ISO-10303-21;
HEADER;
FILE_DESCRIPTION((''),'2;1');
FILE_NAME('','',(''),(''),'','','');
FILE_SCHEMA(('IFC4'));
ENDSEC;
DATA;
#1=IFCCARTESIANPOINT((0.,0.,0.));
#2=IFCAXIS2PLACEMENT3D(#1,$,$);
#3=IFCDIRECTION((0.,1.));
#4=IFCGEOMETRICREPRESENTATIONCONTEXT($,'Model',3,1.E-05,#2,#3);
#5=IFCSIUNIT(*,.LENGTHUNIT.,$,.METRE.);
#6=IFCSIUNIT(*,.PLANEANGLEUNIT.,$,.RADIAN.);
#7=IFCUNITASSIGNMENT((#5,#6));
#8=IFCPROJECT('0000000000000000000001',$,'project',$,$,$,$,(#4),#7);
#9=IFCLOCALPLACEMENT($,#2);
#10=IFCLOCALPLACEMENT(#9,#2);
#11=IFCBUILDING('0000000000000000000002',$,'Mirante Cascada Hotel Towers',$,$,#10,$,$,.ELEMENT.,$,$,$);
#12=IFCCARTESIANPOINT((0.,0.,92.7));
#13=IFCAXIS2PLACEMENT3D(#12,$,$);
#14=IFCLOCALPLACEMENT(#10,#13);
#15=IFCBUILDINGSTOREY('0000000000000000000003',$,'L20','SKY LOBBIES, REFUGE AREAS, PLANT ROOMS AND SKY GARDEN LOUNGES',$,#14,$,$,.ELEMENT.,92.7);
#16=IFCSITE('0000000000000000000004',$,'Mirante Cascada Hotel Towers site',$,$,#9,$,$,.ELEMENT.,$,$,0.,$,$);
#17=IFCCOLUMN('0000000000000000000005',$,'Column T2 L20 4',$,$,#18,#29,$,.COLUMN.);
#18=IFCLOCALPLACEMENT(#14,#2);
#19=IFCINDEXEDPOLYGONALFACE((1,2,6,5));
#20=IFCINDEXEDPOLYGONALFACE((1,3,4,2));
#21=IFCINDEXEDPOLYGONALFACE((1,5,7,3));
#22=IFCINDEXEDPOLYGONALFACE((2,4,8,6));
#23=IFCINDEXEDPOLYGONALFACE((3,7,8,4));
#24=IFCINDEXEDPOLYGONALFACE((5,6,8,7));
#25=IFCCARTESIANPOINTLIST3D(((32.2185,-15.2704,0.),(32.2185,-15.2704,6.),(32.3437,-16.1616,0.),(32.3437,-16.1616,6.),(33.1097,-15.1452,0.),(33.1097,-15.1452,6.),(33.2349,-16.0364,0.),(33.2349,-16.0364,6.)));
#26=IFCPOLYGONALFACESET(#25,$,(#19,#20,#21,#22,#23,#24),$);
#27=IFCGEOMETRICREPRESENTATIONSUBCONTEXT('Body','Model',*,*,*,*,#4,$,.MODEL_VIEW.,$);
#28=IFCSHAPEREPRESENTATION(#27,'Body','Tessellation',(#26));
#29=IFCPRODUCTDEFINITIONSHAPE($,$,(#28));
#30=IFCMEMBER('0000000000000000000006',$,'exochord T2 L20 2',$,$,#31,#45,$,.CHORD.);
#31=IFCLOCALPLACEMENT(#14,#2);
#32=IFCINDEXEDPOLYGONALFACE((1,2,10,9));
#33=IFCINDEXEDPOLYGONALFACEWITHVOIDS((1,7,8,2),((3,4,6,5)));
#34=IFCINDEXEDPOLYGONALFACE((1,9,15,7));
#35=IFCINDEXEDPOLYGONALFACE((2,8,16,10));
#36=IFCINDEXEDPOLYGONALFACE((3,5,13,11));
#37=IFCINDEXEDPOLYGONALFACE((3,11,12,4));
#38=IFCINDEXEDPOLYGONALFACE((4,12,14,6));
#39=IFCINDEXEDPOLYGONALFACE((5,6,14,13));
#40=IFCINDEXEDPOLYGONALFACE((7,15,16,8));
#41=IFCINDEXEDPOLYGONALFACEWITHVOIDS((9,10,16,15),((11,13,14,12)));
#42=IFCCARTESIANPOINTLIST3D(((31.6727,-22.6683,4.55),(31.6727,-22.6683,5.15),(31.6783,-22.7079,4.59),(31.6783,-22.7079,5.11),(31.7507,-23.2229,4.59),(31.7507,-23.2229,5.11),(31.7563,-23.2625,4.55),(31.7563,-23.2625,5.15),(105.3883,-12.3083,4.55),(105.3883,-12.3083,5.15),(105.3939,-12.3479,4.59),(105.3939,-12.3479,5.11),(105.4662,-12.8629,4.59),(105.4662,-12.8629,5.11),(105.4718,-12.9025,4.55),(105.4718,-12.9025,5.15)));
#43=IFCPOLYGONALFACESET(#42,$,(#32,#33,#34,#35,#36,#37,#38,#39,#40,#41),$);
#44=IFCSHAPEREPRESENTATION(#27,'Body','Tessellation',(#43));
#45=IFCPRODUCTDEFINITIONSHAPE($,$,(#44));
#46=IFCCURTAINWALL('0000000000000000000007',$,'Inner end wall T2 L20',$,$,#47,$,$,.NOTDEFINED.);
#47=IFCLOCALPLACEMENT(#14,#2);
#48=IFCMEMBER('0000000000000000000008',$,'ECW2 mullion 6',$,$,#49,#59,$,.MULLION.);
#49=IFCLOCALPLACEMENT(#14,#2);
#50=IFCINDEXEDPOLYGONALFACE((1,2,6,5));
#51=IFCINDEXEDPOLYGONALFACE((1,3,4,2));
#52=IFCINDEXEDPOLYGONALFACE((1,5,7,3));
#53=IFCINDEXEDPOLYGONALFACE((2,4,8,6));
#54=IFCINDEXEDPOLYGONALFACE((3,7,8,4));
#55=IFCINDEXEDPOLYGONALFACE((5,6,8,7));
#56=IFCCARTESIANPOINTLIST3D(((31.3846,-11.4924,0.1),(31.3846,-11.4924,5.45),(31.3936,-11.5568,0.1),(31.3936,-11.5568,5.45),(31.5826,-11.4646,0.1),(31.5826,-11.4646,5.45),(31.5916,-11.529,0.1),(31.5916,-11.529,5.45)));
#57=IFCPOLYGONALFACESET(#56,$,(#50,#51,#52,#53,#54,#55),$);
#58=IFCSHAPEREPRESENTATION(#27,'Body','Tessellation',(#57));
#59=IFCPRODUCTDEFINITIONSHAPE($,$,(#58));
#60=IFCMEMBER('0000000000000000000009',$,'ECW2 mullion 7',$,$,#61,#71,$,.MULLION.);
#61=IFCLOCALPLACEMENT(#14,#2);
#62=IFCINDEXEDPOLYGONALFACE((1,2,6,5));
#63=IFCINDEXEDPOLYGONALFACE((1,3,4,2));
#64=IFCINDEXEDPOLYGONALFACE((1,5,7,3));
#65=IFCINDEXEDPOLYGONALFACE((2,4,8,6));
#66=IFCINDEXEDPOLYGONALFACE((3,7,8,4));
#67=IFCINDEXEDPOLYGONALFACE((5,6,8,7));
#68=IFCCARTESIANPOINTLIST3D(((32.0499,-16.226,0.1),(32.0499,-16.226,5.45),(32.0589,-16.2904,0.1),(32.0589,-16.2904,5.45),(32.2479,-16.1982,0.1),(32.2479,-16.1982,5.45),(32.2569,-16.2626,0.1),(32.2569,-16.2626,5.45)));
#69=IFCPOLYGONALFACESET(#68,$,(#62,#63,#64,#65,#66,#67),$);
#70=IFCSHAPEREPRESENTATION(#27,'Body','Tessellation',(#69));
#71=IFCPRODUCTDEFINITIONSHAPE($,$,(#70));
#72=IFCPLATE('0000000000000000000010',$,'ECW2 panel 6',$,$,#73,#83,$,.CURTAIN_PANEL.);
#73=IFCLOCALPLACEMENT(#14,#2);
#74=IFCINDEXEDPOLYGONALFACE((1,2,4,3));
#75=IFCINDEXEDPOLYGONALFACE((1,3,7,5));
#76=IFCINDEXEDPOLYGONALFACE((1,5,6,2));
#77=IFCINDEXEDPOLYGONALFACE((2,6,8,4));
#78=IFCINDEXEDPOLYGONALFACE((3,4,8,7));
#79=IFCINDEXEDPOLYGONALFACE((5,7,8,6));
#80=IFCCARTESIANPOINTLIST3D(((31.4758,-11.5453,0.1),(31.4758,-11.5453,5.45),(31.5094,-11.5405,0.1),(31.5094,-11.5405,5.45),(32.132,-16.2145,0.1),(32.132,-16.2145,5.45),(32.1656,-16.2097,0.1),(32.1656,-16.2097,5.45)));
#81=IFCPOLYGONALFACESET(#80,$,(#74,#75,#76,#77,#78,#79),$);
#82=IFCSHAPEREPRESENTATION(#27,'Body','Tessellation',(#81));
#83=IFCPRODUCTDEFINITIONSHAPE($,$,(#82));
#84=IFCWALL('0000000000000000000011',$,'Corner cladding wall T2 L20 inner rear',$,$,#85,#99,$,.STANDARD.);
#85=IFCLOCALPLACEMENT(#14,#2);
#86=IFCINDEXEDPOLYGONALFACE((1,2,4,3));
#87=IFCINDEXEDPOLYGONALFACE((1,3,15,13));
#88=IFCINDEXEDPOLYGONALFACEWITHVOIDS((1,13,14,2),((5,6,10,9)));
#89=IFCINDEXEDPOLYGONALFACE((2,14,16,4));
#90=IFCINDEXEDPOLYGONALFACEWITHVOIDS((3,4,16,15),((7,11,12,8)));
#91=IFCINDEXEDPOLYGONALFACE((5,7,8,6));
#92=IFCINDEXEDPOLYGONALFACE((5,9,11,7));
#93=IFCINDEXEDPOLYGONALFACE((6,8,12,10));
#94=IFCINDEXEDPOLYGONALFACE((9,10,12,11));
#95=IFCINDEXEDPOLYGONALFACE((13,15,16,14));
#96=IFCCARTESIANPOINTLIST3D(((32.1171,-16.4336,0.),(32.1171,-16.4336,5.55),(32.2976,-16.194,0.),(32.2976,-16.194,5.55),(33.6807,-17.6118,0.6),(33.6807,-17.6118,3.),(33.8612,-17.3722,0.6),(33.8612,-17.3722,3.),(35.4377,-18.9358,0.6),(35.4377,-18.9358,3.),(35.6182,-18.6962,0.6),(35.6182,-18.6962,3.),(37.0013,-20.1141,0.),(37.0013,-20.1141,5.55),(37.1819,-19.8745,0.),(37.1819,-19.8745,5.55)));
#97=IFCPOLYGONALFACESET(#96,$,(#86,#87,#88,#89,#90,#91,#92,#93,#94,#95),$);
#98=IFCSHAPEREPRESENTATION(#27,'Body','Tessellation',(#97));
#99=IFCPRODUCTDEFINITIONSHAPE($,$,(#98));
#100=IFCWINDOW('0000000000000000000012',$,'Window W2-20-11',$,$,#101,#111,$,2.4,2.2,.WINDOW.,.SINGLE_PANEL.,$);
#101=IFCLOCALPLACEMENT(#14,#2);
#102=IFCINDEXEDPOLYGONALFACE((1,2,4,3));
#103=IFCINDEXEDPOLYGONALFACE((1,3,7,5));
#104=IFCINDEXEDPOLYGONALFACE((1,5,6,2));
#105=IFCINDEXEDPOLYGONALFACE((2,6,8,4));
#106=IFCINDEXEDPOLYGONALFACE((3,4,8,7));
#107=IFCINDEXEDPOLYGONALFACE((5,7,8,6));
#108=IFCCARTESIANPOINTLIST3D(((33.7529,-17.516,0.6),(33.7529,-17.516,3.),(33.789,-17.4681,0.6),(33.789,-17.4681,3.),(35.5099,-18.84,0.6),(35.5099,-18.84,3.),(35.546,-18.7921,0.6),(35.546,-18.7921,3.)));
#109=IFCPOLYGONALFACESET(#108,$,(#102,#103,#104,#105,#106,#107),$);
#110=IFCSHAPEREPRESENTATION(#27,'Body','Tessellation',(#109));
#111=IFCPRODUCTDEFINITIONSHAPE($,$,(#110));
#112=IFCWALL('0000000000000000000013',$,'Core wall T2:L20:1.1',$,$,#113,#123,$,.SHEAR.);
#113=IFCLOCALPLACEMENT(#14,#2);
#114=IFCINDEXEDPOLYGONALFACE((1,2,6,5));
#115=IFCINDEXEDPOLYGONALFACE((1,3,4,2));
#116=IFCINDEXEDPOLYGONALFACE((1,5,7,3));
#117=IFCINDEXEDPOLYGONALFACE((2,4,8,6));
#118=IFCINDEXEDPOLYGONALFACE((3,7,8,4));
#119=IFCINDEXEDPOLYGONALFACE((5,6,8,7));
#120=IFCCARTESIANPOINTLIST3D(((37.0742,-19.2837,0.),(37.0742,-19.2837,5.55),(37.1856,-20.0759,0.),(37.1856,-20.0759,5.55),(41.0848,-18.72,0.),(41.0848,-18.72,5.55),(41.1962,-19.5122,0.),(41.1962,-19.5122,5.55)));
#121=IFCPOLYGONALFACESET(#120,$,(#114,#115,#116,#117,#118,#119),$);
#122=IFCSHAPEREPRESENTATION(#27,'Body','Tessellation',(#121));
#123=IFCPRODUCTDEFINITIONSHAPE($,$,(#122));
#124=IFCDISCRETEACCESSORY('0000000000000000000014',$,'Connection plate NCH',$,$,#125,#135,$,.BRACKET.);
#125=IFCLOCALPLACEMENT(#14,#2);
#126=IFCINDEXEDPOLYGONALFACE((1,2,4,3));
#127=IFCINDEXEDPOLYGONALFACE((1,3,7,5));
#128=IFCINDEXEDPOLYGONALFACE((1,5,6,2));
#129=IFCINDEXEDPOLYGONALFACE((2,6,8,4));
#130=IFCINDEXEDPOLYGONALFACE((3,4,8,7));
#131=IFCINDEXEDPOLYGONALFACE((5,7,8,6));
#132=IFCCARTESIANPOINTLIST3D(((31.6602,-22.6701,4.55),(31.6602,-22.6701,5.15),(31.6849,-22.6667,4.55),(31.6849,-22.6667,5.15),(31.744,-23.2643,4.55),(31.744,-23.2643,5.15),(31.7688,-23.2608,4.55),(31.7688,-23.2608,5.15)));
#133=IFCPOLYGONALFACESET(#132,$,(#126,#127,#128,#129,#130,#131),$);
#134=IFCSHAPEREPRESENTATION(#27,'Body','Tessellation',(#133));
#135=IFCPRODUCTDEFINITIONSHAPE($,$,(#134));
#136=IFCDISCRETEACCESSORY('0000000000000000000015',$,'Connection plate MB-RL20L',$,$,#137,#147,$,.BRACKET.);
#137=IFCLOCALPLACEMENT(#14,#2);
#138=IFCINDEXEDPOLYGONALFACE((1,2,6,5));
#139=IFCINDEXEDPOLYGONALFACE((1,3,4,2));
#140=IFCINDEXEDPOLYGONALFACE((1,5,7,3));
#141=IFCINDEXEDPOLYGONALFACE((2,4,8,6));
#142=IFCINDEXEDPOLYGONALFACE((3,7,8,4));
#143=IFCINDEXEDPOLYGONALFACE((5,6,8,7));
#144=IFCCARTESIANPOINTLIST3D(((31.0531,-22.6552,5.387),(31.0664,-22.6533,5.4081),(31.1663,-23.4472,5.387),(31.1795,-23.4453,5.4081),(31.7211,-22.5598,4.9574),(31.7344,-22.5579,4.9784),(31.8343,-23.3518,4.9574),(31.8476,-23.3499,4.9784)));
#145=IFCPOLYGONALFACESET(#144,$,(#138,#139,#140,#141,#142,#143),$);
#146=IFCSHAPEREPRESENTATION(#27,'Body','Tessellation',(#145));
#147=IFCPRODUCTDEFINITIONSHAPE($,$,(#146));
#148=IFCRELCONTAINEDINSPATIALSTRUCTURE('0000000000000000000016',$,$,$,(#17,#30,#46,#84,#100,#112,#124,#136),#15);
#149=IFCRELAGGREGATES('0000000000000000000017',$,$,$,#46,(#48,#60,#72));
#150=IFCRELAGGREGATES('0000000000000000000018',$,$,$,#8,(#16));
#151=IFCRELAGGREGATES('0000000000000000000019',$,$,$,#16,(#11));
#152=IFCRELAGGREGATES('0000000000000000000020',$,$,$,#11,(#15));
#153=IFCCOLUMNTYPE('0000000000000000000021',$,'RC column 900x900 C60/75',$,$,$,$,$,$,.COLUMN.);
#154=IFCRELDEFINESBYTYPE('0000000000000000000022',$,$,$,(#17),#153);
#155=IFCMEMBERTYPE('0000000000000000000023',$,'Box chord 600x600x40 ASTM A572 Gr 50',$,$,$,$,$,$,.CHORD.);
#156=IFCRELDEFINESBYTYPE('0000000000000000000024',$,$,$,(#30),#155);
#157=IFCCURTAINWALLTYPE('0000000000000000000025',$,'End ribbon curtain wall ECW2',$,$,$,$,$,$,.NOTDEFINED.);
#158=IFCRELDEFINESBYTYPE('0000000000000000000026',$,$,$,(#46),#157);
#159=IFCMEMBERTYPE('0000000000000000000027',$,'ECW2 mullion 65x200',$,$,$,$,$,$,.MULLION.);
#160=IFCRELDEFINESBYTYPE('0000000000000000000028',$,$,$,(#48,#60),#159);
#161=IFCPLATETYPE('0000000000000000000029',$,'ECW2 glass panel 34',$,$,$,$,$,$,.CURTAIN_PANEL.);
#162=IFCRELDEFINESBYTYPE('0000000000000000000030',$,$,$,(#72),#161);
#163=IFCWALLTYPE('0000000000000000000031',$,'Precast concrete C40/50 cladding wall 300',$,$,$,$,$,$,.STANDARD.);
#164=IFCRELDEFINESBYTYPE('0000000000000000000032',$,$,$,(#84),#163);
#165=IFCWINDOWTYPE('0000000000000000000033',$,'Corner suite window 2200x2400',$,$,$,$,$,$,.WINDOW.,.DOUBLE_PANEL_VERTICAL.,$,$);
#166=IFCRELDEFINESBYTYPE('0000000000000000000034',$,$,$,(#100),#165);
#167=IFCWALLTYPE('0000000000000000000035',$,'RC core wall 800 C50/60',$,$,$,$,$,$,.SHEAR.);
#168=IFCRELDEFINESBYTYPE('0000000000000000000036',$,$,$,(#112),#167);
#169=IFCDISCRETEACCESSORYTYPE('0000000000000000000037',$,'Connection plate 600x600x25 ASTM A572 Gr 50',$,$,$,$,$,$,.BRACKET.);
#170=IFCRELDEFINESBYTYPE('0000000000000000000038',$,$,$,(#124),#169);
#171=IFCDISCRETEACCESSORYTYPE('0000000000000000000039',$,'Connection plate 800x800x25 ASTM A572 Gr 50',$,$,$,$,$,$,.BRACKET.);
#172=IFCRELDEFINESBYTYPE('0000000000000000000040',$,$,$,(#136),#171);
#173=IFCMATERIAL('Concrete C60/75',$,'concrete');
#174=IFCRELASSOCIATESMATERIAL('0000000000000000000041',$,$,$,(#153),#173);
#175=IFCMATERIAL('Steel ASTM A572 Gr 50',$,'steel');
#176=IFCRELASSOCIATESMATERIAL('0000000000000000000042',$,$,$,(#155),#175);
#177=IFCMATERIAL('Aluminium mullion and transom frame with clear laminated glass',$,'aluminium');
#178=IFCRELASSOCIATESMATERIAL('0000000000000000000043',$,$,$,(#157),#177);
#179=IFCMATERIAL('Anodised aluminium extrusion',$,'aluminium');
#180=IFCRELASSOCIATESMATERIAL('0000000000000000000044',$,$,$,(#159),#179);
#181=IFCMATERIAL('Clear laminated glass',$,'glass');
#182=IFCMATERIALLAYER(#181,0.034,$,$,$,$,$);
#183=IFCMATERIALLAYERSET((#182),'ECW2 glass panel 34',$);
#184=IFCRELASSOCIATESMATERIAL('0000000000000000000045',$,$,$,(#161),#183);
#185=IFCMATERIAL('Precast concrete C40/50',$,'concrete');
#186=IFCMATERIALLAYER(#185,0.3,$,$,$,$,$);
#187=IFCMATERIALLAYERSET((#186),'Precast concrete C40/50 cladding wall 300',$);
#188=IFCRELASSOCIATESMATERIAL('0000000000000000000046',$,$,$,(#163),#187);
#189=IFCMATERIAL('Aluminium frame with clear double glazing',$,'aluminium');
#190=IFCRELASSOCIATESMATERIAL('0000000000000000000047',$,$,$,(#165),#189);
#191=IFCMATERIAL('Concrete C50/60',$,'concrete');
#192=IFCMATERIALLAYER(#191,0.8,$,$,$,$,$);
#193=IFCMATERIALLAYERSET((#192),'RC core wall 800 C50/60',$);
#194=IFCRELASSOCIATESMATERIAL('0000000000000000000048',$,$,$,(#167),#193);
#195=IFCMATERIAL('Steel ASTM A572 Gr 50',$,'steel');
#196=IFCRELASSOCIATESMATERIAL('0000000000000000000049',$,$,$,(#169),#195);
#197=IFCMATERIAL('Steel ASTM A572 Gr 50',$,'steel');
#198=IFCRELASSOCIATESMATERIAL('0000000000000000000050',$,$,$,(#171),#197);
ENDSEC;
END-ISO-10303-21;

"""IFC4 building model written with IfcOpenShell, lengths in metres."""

from ifc_helpers import new_model, si_unit, direction, frame, frame_2d, origin, origin_2d, place, context, subcontext, project, spatial, rectangle, hollow_rectangle, extrude, material, layer, layer_set, material_profile, profile_set, type_object, element, fill, aggregate, save


model = new_model("IFC4")

# Units and contexts
model_context = context("Model", 3, precision=1e-05, world=origin(), true_north=direction((0.0, 1.0)))
body_context = subcontext(model_context, "Body", "Model", "MODEL_VIEW")
ifc_project = project(units=[si_unit("LENGTHUNIT", "METRE"), si_unit("PLANEANGLEUNIT", "RADIAN")], contexts=[model_context])

# Site, building, storey
site_placement = place(None, origin())
site = spatial("IfcSite", under=ifc_project, at=site_placement, Name="Mirante Cascada Hotel Towers site", CompositionType="ELEMENT", RefElevation=0.0)
building_placement = place(site_placement, origin())
building = spatial("IfcBuilding", under=site, at=building_placement, Name="Mirante Cascada Hotel Towers", CompositionType="ELEMENT")
storey_placement = place(building_placement, frame((0.0, 0.0, 92.7)))
storey = spatial("IfcBuildingStorey", under=building, at=storey_placement, Name="L20", Description="SKY LOBBIES, REFUGE AREAS, PLANT ROOMS AND SKY GARDEN LOUNGES", CompositionType="ELEMENT", Elevation=92.7)

# Column
ifc_material_1 = material(Name="Concrete C60/75", Category="concrete")
ifc_material_profile_1 = material_profile(ifc_material_1, rectangle(XDim=0.9, YDim=0.9, at=origin_2d()), Name="RC column 900x900 C60/75")
ifc_profile_set_1 = profile_set([ifc_material_profile_1], Name="Concrete C60/75")
column_type = type_object("IfcColumnType", Name="RC column 900x900 C60/75", PredefinedType="COLUMN", material=ifc_profile_set_1)
column_placement = place(storey_placement, frame((32.7267, -15.6534, 0.0), z_axis=(0.0, 0.0, 1.0), x_axis=(0.990268, 0.139173, 0.0)))
element("IfcColumn", 1, at=column_placement, inside=storey, type_object=column_type, Name="Column T2 L20 4", PredefinedType="COLUMN", context=body_context, shape_type="SweptSolid", body=[
    extrude(rectangle(XDim=0.9, YDim=0.9, at=origin_2d()), origin(), (0.0, 0.0, 1.0), 6.0),
])

# Member
ifc_material_2 = material(Name="Steel ASTM A572 Gr 50", Category="steel")
ifc_material_profile_2 = material_profile(ifc_material_2, hollow_rectangle(XDim=0.6, YDim=0.6, WallThickness=0.04, at=origin_2d()), Name="Box chord 600x600x40 ASTM A572 Gr 50")
ifc_profile_set_2 = profile_set([ifc_material_profile_2], Name="Steel ASTM A572 Gr 50")
member_type_1 = type_object("IfcMemberType", Name="Box chord 600x600x40 ASTM A572 Gr 50", PredefinedType="CHORD", material=ifc_profile_set_2)
member_1_placement = place(storey_placement, frame((31.7145, -22.9654, 4.85), z_axis=(0.990268, 0.139172, 0.0), x_axis=(-0.139172, 0.990268, 0.0)))
element("IfcMember", 2, at=member_1_placement, inside=storey, type_object=member_type_1, Name="exochord T2 L20 2", PredefinedType="CHORD", context=body_context, shape_type="SweptSolid", body=[
    extrude(hollow_rectangle(XDim=0.6, YDim=0.6, WallThickness=0.04, at=origin_2d()), origin(), (0.0, 0.0, 1.0), 74.44),
])

# Curtain wall, members, plate
ifc_material_3 = material(Name="Aluminium mullion and transom frame with clear laminated glass", Category="aluminium")
curtain_wall_type = type_object("IfcCurtainWallType", Name="End ribbon curtain wall ECW2", PredefinedType="NOTDEFINED", material=ifc_material_3)
curtain_wall_placement = place(storey_placement, origin())
curtain_wall = element("IfcCurtainWall", 3, at=curtain_wall_placement, inside=storey, type_object=curtain_wall_type, Name="Inner end wall T2 L20", PredefinedType="NOTDEFINED")
ifc_material_4 = material(Name="Anodised aluminium extrusion", Category="aluminium")
ifc_material_profile_3 = material_profile(ifc_material_4, rectangle(XDim=0.2, YDim=0.065, at=origin_2d()), Name="ECW2 MULLION 65x200")
ifc_profile_set_3 = profile_set([ifc_material_profile_3], Name="Anodised aluminium extrusion")
member_type_2 = type_object("IfcMemberType", Name="ECW2 mullion 65x200", PredefinedType="MULLION", material=ifc_profile_set_3)
member_2_placement = place(storey_placement, frame((31.4881, -11.5107, 0.1), z_axis=(0.0, 0.0, 1.0), x_axis=(0.990268, 0.139173, 0.0)))
member_2 = element("IfcMember", 4, at=member_2_placement, type_object=member_type_2, Name="ECW2 mullion 6", PredefinedType="MULLION", context=body_context, shape_type="SweptSolid", body=[
    extrude(rectangle(XDim=0.2, YDim=0.065, at=origin_2d()), origin(), (0.0, 0.0, 1.0), 5.35),
])
member_3_placement = place(storey_placement, frame((32.1534, -16.2443, 0.1), z_axis=(0.0, 0.0, 1.0), x_axis=(0.990268, 0.139173, 0.0)))
member_3 = element("IfcMember", 5, at=member_3_placement, type_object=member_type_2, Name="ECW2 mullion 7", PredefinedType="MULLION", context=body_context, shape_type="SweptSolid", body=[
    extrude(rectangle(XDim=0.2, YDim=0.065, at=origin_2d()), origin(), (0.0, 0.0, 1.0), 5.35),
])
ifc_material_5 = material(Name="Clear laminated glass", Category="glass")
ifc_layer_1 = layer(ifc_material_5, 0.034)
ifc_layer_set_1 = layer_set([ifc_layer_1], Name="ECW2 glass panel 34")
plate_type = type_object("IfcPlateType", Name="ECW2 glass panel 34", PredefinedType="CURTAIN_PANEL", material=ifc_layer_set_1)
plate_placement = place(storey_placement, frame((31.8207, -13.8775, 0.1), z_axis=(0.0, 0.0, 1.0), x_axis=(0.139173, -0.990268, 0.0)))
plate = element("IfcPlate", 6, at=plate_placement, type_object=plate_type, Name="ECW2 panel 6", PredefinedType="CURTAIN_PANEL", context=body_context, shape_type="SweptSolid", body=[
    extrude(rectangle(XDim=4.7151, YDim=0.034, at=origin_2d()), origin(), (0.0, 0.0, 1.0), 5.35),
])
aggregate(curtain_wall, [member_2, member_3, plate])

# Wall, opening, window
ifc_material_6 = material(Name="Precast concrete C40/50", Category="concrete")
ifc_layer_2 = layer(ifc_material_6, 0.3)
ifc_layer_set_2 = layer_set([ifc_layer_2], Name="Precast concrete C40/50 cladding wall 300")
wall_type_1 = type_object("IfcWallType", Name="Precast concrete C40/50 cladding wall 300", PredefinedType="STANDARD", material=ifc_layer_set_2)
wall_1_placement = place(storey_placement, frame((32.2074, -16.3138, 0.0), z_axis=(0.0, 0.0, 1.0), x_axis=(0.798636, -0.601814, 0.0)))
wall_1 = element("IfcWall", 7, at=wall_1_placement, inside=storey, type_object=wall_type_1, Name="Corner cladding wall T2 L20 inner rear", PredefinedType="STANDARD", context=body_context, shape_type="SweptSolid", body=[
    extrude(rectangle(XDim=6.1157, YDim=0.3, at=frame_2d((3.0578, 0.0))), origin(), (0.0, 0.0, 1.0), 5.55),
])
opening_placement = place(wall_1_placement, frame((1.9578, 0.0, 0.6)))
opening = element("IfcOpeningElement", 8, at=opening_placement, cuts=wall_1, PredefinedType="OPENING", context=body_context, shape_type="SweptSolid", body=[
    extrude(rectangle(XDim=2.2, YDim=2.4, at=frame_2d((1.1, 1.2))), frame((0.0, 0.15, 0.0), z_axis=(0.0, -1.0, 0.0), x_axis=(1.0, 0.0, 0.0)), (0.0, 0.0, 1.0), 0.3),
])
ifc_material_7 = material(Name="Aluminium frame with clear double glazing", Category="aluminium")
window_type = type_object("IfcWindowType", Name="Corner suite window 2200x2400", PartitioningType="DOUBLE_PANEL_VERTICAL", PredefinedType="WINDOW", material=ifc_material_7)
window_placement = place(opening_placement, origin())
window = element("IfcWindow", 9, at=window_placement, inside=storey, type_object=window_type, Name="Window W2-20-11", OverallHeight=2.4, OverallWidth=2.2, PartitioningType="SINGLE_PANEL", PredefinedType="WINDOW", context=body_context, shape_type="SweptSolid", body=[
    extrude(rectangle(XDim=2.2, YDim=2.4, at=frame_2d((1.1, 1.2))), frame((0.0, 0.03, 0.0), z_axis=(0.0, -1.0, 0.0), x_axis=(1.0, 0.0, 0.0)), (0.0, 0.0, 1.0), 0.06),
])
fill(opening, window)

# Wall
ifc_material_8 = material(Name="Concrete C50/60", Category="concrete")
ifc_layer_3 = layer(ifc_material_8, 0.8)
ifc_layer_set_3 = layer_set([ifc_layer_3], Name="RC core wall 800 C50/60")
wall_type_2 = type_object("IfcWallType", Name="RC core wall 800 C50/60", PredefinedType="SHEAR", material=ifc_layer_set_3)
wall_2_placement = place(storey_placement, frame((37.1299, -19.6798, 0.0), z_axis=(0.0, 0.0, 1.0), x_axis=(0.990267, 0.139184, 0.0)))
element("IfcWall", 10, at=wall_2_placement, inside=storey, type_object=wall_type_2, Name="Core wall T2:L20:1.1", PredefinedType="SHEAR", context=body_context, shape_type="SweptSolid", body=[
    extrude(rectangle(XDim=4.05, YDim=0.8, at=frame_2d((2.025, 0.0))), origin(), (0.0, 0.0, 1.0), 5.55),
])

# Discrete accessories
ifc_material_9 = material(Name="Steel ASTM A572 Gr 50", Category="steel")
ifc_material_profile_4 = material_profile(ifc_material_9, rectangle(XDim=0.6, YDim=0.6, at=origin_2d()), Name="Connection plate 600x600x25 ASTM A572 Gr 50")
ifc_profile_set_4 = profile_set([ifc_material_profile_4], Name="Steel ASTM A572 Gr 50")
discrete_accessory_type_1 = type_object("IfcDiscreteAccessoryType", Name="Connection plate 600x600x25 ASTM A572 Gr 50", PredefinedType="BRACKET", material=ifc_profile_set_4)
discrete_accessory_1_placement = place(storey_placement, frame((31.7021, -22.9672, 4.85), z_axis=(0.990188, 0.139744, 0.0), x_axis=(-0.139744, 0.990188, 0.0)))
element("IfcDiscreteAccessory", 11, at=discrete_accessory_1_placement, inside=storey, type_object=discrete_accessory_type_1, Name="Connection plate NCH", PredefinedType="BRACKET", context=body_context, shape_type="SweptSolid", body=[
    extrude(rectangle(XDim=0.6, YDim=0.6, at=origin_2d()), origin(), (0.0, 0.0, 1.0), 0.025),
])
ifc_material_10 = material(Name="Steel ASTM A572 Gr 50", Category="steel")
ifc_material_profile_5 = material_profile(ifc_material_10, rectangle(XDim=0.8, YDim=0.8, at=origin_2d()), Name="Connection plate 800x800x25 ASTM A572 Gr 50")
ifc_profile_set_5 = profile_set([ifc_material_profile_5], Name="Steel ASTM A572 Gr 50")
discrete_accessory_type_2 = type_object("IfcDiscreteAccessoryType", Name="Connection plate 800x800x25 ASTM A572 Gr 50", PredefinedType="BRACKET", material=ifc_profile_set_5)
discrete_accessory_2_placement = place(storey_placement, frame((31.4437, -23.0035, 5.1722), z_axis=(0.531698, 0.075957, 0.843521), x_axis=(-0.141421, 0.98995, 0.0)))
element("IfcDiscreteAccessory", 12, at=discrete_accessory_2_placement, inside=storey, type_object=discrete_accessory_type_2, Name="Connection plate MB-RL20L", PredefinedType="BRACKET", context=body_context, shape_type="SweptSolid", body=[
    extrude(rectangle(XDim=0.8, YDim=0.8, at=origin_2d()), origin(), (0.0, 0.0, 1.0), 0.025),
])

save(model, "model.ifc")
